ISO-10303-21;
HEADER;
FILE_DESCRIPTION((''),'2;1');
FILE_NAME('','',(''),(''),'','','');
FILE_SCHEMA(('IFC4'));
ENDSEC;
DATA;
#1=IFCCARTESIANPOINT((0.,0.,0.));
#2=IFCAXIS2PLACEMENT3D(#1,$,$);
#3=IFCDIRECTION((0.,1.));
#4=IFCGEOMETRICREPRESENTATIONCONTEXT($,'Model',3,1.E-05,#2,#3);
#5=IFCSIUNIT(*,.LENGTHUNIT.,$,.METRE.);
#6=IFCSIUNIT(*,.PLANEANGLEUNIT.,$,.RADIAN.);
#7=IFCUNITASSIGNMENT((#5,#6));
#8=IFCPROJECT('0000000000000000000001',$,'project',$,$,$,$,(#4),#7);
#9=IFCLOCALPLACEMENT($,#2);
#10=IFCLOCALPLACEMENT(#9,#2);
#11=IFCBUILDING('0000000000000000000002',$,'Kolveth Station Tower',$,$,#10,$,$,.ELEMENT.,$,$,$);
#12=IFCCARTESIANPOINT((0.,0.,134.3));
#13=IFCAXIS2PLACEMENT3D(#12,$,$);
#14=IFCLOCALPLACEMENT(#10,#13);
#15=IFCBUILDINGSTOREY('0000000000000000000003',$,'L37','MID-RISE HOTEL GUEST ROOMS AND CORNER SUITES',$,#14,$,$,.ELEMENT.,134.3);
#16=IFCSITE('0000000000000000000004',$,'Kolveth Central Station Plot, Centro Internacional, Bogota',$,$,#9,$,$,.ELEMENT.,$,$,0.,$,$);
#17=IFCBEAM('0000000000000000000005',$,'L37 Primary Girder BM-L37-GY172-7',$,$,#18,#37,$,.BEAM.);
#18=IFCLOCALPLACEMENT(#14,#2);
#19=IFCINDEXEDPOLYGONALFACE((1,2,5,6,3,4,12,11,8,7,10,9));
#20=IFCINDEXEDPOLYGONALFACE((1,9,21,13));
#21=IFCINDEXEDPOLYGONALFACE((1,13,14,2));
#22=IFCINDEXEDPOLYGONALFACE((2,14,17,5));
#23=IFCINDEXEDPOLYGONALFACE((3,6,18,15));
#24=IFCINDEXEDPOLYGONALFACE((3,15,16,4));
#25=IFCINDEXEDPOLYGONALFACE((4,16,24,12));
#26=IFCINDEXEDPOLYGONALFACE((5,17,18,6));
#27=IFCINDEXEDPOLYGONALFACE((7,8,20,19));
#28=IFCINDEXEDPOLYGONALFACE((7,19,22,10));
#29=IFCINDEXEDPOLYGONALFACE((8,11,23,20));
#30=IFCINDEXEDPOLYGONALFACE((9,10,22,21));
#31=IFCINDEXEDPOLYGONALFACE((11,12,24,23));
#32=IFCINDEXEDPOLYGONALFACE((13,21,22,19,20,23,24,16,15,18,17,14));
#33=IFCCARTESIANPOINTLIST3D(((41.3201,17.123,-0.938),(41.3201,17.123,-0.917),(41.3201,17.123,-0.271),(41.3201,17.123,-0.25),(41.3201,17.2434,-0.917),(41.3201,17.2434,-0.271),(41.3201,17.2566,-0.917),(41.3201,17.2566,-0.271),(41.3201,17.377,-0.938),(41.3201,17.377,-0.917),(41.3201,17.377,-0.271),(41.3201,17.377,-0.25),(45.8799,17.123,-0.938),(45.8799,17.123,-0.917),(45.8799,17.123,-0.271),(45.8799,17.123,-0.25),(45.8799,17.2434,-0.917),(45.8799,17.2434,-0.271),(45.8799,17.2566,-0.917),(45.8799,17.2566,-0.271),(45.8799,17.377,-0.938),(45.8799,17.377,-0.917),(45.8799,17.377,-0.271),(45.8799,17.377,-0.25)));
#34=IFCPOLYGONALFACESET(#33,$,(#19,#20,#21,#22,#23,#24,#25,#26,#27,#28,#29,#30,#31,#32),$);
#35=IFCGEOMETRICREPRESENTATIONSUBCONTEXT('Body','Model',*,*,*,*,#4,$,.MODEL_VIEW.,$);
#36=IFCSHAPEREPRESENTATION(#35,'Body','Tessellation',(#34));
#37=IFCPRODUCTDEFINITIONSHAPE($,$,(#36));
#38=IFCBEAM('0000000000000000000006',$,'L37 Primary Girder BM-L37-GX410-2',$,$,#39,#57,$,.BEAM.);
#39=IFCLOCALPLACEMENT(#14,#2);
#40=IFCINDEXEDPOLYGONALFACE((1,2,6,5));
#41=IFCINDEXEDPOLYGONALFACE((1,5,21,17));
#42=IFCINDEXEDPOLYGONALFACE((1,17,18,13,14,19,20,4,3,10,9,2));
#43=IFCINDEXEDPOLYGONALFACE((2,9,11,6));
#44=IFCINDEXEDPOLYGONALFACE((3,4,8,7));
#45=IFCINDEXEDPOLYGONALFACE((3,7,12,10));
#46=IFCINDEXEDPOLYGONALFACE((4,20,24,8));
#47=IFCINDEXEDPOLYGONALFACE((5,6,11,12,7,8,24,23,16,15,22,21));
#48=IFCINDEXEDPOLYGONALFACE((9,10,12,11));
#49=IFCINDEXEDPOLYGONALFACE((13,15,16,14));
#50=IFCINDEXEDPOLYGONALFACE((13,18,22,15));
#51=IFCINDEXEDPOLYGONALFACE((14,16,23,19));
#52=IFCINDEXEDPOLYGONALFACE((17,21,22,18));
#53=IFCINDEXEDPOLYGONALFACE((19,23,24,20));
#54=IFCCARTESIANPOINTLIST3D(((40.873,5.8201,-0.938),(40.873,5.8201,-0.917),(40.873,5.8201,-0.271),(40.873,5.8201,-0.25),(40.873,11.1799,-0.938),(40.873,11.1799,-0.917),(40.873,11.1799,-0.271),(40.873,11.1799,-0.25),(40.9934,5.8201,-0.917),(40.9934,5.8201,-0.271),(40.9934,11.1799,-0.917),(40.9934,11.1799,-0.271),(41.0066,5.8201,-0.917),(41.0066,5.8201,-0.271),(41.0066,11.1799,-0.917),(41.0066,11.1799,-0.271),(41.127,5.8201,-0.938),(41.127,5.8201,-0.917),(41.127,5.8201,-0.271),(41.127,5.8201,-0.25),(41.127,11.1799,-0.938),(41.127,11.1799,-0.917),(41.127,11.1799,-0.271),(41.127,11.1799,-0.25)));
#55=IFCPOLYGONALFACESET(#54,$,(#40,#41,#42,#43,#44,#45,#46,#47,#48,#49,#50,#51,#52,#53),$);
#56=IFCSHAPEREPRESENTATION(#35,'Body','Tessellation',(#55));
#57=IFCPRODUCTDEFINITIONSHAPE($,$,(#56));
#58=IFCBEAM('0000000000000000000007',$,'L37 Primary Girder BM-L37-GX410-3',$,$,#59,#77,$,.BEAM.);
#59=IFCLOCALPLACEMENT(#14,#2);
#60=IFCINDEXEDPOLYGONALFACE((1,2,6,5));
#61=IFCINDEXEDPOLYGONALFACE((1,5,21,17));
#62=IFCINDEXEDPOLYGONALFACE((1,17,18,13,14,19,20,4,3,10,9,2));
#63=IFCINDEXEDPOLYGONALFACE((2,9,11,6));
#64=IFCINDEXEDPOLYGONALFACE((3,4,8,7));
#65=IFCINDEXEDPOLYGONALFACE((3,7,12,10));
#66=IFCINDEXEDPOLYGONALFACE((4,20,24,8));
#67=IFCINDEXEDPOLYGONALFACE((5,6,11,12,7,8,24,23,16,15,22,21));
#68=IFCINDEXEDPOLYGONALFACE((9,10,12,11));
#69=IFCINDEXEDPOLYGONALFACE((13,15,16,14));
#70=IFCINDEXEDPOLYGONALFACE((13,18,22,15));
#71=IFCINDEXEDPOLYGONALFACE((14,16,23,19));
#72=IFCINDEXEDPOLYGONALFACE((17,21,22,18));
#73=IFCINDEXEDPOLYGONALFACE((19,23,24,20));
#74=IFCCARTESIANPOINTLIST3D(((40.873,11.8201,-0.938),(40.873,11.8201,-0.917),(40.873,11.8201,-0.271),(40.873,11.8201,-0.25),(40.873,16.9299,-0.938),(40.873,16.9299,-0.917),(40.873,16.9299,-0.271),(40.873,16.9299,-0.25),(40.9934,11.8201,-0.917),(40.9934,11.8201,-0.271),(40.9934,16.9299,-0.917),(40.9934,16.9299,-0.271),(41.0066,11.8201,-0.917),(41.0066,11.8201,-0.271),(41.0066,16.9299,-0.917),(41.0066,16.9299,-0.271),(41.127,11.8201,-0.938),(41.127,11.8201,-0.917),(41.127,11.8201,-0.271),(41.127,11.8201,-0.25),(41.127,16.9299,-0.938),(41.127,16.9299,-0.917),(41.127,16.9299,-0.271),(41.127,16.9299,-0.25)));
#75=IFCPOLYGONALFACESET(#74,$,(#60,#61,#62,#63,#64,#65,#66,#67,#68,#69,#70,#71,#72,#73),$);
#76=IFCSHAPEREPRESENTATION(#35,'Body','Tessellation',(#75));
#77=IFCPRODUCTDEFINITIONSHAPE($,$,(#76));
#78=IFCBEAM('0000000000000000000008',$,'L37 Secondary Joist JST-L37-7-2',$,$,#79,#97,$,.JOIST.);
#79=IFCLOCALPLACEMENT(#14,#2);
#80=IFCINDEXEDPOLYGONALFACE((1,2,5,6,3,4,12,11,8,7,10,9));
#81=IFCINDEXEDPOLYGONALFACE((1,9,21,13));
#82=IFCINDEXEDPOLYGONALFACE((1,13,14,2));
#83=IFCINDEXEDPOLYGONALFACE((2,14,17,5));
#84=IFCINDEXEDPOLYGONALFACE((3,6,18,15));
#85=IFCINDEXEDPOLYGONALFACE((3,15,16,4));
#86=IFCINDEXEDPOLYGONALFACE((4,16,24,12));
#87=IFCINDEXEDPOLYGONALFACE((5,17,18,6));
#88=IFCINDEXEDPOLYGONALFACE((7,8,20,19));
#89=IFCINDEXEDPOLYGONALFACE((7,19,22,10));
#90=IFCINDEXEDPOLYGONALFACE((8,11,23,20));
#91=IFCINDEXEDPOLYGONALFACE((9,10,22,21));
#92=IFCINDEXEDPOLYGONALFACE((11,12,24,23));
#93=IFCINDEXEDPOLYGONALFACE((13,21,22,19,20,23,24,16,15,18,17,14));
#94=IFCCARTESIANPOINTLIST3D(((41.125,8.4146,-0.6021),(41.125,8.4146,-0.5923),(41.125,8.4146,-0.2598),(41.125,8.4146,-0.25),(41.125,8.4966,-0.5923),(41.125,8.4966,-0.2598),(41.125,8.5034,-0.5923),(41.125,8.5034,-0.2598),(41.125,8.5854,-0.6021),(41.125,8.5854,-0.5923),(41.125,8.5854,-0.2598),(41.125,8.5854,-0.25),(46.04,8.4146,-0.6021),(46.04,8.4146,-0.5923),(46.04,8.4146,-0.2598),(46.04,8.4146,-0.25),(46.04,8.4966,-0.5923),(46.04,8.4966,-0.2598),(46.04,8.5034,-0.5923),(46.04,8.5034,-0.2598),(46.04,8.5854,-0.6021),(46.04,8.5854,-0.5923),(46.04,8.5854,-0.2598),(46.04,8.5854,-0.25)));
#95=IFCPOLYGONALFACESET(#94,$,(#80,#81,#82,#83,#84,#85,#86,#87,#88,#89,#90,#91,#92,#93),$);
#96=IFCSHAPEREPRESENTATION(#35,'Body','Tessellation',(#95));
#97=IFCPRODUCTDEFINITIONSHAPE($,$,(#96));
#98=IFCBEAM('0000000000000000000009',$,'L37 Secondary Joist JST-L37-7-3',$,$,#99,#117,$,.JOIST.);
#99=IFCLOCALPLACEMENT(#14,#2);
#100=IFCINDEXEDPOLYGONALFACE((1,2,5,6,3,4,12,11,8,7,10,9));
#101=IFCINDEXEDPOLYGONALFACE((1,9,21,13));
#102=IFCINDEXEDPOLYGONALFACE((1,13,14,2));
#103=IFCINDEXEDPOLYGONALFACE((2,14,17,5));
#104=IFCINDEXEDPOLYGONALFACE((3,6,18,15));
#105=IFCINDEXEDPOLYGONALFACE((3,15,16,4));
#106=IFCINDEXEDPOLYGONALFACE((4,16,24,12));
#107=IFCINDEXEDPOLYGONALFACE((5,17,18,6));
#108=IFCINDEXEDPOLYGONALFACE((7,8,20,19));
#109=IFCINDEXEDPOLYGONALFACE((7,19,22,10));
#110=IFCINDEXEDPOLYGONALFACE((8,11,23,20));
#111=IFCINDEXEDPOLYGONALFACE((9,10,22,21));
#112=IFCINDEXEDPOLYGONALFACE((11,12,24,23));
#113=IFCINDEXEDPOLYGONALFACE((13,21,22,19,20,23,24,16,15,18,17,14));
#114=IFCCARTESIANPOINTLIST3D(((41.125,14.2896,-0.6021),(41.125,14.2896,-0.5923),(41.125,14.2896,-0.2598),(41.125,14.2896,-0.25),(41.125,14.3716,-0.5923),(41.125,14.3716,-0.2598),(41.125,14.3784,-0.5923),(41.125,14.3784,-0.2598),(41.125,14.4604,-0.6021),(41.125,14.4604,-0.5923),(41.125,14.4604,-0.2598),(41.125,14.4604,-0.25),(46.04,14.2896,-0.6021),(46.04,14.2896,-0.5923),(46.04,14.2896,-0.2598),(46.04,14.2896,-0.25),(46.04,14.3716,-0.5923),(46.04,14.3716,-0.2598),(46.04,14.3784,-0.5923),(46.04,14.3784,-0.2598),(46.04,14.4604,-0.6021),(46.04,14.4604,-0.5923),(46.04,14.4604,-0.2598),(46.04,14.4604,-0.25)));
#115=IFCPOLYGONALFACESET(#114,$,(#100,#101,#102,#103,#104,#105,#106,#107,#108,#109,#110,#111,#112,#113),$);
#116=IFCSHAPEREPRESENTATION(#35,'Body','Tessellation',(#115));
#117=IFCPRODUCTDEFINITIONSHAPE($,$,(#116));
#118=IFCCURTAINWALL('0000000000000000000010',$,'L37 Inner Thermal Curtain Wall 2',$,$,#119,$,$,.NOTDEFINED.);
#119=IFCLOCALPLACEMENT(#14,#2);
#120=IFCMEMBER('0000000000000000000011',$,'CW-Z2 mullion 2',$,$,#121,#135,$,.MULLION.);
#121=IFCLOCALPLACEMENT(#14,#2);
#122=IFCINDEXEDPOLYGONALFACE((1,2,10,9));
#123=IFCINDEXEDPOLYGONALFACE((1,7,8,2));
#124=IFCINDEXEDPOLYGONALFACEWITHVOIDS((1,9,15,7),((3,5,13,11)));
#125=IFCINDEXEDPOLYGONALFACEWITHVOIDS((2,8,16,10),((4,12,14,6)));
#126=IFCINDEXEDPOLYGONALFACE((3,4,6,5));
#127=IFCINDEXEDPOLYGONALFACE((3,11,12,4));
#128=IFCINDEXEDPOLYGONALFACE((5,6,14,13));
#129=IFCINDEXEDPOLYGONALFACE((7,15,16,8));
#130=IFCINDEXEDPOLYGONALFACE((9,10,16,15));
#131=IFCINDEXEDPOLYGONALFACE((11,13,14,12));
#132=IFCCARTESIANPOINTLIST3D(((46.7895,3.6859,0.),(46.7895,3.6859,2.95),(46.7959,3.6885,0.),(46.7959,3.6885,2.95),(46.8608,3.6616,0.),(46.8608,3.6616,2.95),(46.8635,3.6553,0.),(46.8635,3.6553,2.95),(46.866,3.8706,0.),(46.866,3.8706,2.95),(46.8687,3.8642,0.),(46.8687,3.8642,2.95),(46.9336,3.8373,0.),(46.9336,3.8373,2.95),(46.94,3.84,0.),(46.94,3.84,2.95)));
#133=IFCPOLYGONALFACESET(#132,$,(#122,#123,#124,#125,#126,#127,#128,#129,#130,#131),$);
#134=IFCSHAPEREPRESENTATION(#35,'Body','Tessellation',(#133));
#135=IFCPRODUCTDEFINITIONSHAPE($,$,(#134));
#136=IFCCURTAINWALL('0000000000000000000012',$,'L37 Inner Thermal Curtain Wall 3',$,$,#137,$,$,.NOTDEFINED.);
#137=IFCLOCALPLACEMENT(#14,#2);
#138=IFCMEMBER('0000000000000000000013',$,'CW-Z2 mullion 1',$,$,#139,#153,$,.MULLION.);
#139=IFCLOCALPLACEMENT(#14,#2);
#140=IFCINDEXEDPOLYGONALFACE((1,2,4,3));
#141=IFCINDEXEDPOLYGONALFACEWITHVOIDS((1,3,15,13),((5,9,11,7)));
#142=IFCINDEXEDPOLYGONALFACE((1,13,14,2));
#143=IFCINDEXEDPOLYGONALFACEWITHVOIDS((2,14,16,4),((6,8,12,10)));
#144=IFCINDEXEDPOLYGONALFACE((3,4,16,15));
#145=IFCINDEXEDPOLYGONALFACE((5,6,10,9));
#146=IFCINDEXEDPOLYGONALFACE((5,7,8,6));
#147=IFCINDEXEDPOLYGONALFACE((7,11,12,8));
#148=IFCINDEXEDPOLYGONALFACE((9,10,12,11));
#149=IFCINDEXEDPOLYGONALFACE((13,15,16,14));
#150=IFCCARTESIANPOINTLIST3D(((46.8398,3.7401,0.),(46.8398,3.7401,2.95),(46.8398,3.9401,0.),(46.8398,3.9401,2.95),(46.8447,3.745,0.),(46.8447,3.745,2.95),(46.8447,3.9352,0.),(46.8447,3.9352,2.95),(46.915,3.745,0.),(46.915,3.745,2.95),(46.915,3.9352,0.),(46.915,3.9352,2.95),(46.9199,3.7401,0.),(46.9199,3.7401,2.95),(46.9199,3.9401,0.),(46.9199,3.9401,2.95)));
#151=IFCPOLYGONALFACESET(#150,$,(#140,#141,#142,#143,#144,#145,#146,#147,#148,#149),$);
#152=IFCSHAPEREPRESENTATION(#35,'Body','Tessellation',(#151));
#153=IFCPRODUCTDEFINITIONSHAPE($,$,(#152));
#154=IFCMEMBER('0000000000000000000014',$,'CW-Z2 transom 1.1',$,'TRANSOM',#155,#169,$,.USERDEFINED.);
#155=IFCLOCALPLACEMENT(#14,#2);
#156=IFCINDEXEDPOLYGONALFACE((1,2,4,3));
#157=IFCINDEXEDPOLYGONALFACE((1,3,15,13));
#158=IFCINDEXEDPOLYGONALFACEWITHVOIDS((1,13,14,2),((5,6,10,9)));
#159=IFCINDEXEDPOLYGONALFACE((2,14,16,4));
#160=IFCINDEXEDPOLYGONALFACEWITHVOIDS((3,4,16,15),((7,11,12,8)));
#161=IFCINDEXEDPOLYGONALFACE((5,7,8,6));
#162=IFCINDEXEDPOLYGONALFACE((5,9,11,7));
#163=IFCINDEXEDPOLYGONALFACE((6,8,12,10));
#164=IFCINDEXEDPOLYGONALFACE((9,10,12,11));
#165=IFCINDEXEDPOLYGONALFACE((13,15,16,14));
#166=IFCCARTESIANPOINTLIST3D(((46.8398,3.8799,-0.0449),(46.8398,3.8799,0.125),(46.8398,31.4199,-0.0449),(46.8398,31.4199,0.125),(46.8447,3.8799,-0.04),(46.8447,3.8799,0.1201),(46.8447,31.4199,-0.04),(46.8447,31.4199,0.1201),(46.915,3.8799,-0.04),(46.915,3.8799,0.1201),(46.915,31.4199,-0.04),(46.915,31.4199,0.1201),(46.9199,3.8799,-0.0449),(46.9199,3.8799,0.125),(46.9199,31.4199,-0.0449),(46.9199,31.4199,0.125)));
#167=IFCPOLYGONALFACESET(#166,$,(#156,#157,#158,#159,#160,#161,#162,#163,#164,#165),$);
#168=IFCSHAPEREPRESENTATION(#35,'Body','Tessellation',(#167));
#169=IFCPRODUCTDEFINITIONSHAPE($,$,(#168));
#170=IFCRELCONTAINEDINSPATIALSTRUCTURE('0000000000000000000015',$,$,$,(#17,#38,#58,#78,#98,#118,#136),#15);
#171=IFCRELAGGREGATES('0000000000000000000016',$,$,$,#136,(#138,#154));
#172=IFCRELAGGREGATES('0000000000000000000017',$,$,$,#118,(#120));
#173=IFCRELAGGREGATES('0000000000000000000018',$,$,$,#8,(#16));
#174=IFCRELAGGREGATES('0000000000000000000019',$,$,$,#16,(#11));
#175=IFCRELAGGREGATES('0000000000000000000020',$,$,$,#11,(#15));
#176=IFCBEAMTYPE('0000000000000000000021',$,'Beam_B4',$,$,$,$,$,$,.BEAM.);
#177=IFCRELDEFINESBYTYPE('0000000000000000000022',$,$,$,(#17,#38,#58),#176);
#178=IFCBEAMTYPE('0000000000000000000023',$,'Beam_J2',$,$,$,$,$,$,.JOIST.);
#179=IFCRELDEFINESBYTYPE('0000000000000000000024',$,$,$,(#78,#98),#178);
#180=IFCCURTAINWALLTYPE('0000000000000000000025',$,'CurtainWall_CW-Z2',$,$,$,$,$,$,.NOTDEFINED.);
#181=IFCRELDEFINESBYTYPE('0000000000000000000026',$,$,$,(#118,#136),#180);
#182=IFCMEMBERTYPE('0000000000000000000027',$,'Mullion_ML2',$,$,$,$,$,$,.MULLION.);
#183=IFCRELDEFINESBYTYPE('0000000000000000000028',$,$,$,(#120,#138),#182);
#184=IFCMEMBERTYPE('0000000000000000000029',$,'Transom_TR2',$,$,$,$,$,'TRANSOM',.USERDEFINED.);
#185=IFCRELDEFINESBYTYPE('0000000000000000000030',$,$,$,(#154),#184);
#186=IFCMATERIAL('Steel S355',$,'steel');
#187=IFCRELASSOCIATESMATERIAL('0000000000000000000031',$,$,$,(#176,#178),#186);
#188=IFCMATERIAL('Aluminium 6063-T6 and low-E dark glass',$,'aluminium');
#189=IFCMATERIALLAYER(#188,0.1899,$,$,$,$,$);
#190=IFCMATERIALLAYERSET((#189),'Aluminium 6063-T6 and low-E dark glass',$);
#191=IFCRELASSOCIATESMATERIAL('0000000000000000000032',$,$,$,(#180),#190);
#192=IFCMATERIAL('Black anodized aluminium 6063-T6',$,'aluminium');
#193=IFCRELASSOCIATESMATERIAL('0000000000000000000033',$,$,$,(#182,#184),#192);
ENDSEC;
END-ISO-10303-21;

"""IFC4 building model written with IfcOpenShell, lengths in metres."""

from ifc_helpers import new_model, si_unit, direction, frame, origin, origin_2d, place, context, subcontext, project, spatial, hollow_rectangle, i_section, extrude, source, transform, mapped, material, layer, layer_set, material_profile, profile_set, type_object, element, aggregate, save


model = new_model("IFC4")

# Units and contexts
model_context = context("Model", 3, precision=1e-05, world=origin(), true_north=direction((0.0, 1.0)))
body_context = subcontext(model_context, "Body", "Model", "MODEL_VIEW")
ifc_project = project(units=[si_unit("LENGTHUNIT", "METRE"), si_unit("PLANEANGLEUNIT", "RADIAN")], contexts=[model_context])

# Site, building, storey
site_placement = place(None, origin())
site = spatial("IfcSite", under=ifc_project, at=site_placement, Name="Kolveth Central Station Plot, Centro Internacional, Bogota", CompositionType="ELEMENT", RefElevation=0.0)
building_placement = place(site_placement, origin())
building = spatial("IfcBuilding", under=site, at=building_placement, Name="Kolveth Station Tower", CompositionType="ELEMENT")
storey_placement = place(building_placement, frame((0.0, 0.0, 134.3)))
storey = spatial("IfcBuildingStorey", under=building, at=storey_placement, Name="L37", Description="MID-RISE HOTEL GUEST ROOMS AND CORNER SUITES", CompositionType="ELEMENT", Elevation=134.3)

# Beams
ifc_material_1 = material(Name="Steel S355", Category="steel")
ifc_material_profile_1 = material_profile(ifc_material_1, i_section(OverallWidth=0.2539, OverallDepth=0.688, WebThickness=0.0132, FlangeThickness=0.021, at=origin_2d()), Name="W690x152")
ifc_profile_set_1 = profile_set([ifc_material_profile_1], Name="Steel S355")
beam_type_1 = type_object("IfcBeamType", Name="Beam_B4", PredefinedType="BEAM", material=ifc_profile_set_1)
shared_shape_1 = source(origin(), body_context, "Body", "SweptSolid", [
    extrude(i_section(OverallWidth=0.2539, OverallDepth=0.688, WebThickness=0.0132, FlangeThickness=0.021, at=origin_2d()), origin(), (0.0, 0.0, 1.0), 4.5598),
])
for number, where, z_axis, x_axis, name in (
    (1, (41.3201, 17.25, -0.594), (1.0, 0.0, 0.0), (0.0, 1.0, 0.0), "L37 Primary Girder BM-L37-GY172-7"),
):
    element("IfcBeam", number, at=place(storey_placement, frame(where, z_axis=z_axis, x_axis=x_axis)), inside=storey, type_object=beam_type_1, Name=name, PredefinedType="BEAM", context=body_context, shape_type="MappedRepresentation", body=[
        mapped(shared_shape_1, transform((0.0, 0.0, 0.0), x_axis=(1.0, 0.0, 0.0), y_axis=(0.0, 1.0, 0.0), z_axis=(0.0, 0.0, 1.0), scale=1.0)),
    ])
shared_shape_2 = source(origin(), body_context, "Body", "SweptSolid", [
    extrude(i_section(OverallWidth=0.2539, OverallDepth=0.688, WebThickness=0.0132, FlangeThickness=0.021, at=origin_2d()), origin(), (0.0, 0.0, 1.0), 5.3599),
])
beam_1_placement = place(storey_placement, frame((41.0, 5.8201, -0.594), z_axis=(0.0, 1.0, 0.0), x_axis=(-1.0, 0.0, 0.0)))
element("IfcBeam", 2, at=beam_1_placement, inside=storey, type_object=beam_type_1, Name="L37 Primary Girder BM-L37-GX410-2", PredefinedType="BEAM", context=body_context, shape_type="MappedRepresentation", body=[
    mapped(shared_shape_2, transform((0.0, 0.0, 0.0), x_axis=(1.0, 0.0, 0.0), y_axis=(0.0, 1.0, 0.0), z_axis=(0.0, 0.0, 1.0), scale=1.0)),
])
shared_shape_3 = source(origin(), body_context, "Body", "SweptSolid", [
    extrude(i_section(OverallWidth=0.2539, OverallDepth=0.688, WebThickness=0.0132, FlangeThickness=0.021, at=origin_2d()), origin(), (0.0, 0.0, 1.0), 5.1099),
])
beam_2_placement = place(storey_placement, frame((41.0, 11.8201, -0.594), z_axis=(0.0, 1.0, 0.0), x_axis=(-1.0, 0.0, 0.0)))
element("IfcBeam", 3, at=beam_2_placement, inside=storey, type_object=beam_type_1, Name="L37 Primary Girder BM-L37-GX410-3", PredefinedType="BEAM", context=body_context, shape_type="MappedRepresentation", body=[
    mapped(shared_shape_3, transform((0.0, 0.0, 0.0), x_axis=(1.0, 0.0, 0.0), y_axis=(0.0, 1.0, 0.0), z_axis=(0.0, 0.0, 1.0), scale=1.0)),
])
ifc_material_profile_2 = material_profile(ifc_material_1, i_section(OverallWidth=0.1709, OverallDepth=0.3521, WebThickness=0.0068, FlangeThickness=0.0098, at=origin_2d()), Name="W360x44")
ifc_profile_set_2 = profile_set([ifc_material_profile_2], Name="Steel S355")
beam_type_2 = type_object("IfcBeamType", Name="Beam_J2", PredefinedType="JOIST", material=ifc_profile_set_2)
shared_shape_4 = source(origin(), body_context, "Body", "SweptSolid", [
    extrude(i_section(OverallWidth=0.1709, OverallDepth=0.3521, WebThickness=0.0068, FlangeThickness=0.0098, at=origin_2d()), origin(), (0.0, 0.0, 1.0), 4.915),
])
for number, where, z_axis, x_axis, name in (
    (4, (41.125, 8.5, -0.426), (1.0, 0.0, 0.0), (0.0, 1.0, 0.0), "L37 Secondary Joist JST-L37-7-2"),
    (5, (41.125, 14.375, -0.426), (1.0, 0.0, 0.0), (0.0, 1.0, 0.0), "L37 Secondary Joist JST-L37-7-3"),
):
    element("IfcBeam", number, at=place(storey_placement, frame(where, z_axis=z_axis, x_axis=x_axis)), inside=storey, type_object=beam_type_2, Name=name, PredefinedType="JOIST", context=body_context, shape_type="MappedRepresentation", body=[
        mapped(shared_shape_4, transform((0.0, 0.0, 0.0), x_axis=(1.0, 0.0, 0.0), y_axis=(0.0, 1.0, 0.0), z_axis=(0.0, 0.0, 1.0), scale=1.0)),
    ])

# Curtain wall, member
ifc_material_2 = material(Name="Aluminium 6063-T6 and low-E dark glass", Category="aluminium")
ifc_layer_1 = layer(ifc_material_2, 0.1899)
ifc_layer_set_1 = layer_set([ifc_layer_1], Name="Aluminium 6063-T6 and low-E dark glass")
curtain_wall_type_1 = type_object("IfcCurtainWallType", Name="CurtainWall_CW-Z2", PredefinedType="NOTDEFINED", material=ifc_layer_set_1)
curtain_wall_1_placement = place(storey_placement, origin())
curtain_wall_1 = element("IfcCurtainWall", 6, at=curtain_wall_1_placement, inside=storey, type_object=curtain_wall_type_1, Name="L37 Inner Thermal Curtain Wall 2", PredefinedType="NOTDEFINED")
ifc_material_3 = material(Name="Black anodized aluminium 6063-T6", Category="aluminium")
ifc_material_profile_3 = material_profile(ifc_material_3, hollow_rectangle(XDim=0.0801, YDim=0.2, WallThickness=0.0049, at=origin_2d()), Name="ALU-80x200x5")
ifc_profile_set_3 = profile_set([ifc_material_profile_3], Name="Black anodized aluminium 6063-T6")
member_type_1 = type_object("IfcMemberType", Name="Mullion_ML2", PredefinedType="MULLION", material=ifc_profile_set_3)
shared_shape_5 = source(origin(), body_context, "Body", "SweptSolid", [
    extrude(hollow_rectangle(XDim=0.0801, YDim=0.2, WallThickness=0.0049, at=origin_2d()), origin(), (0.0, 0.0, 1.0), 2.95),
])
member_1_placement = place(storey_placement, frame((46.8647, 3.7629, 0.0), z_axis=(0.0, 0.0, 1.0), x_axis=(-0.923888, 0.382663, 0.0)))
member_1 = element("IfcMember", 7, at=member_1_placement, type_object=member_type_1, Name="CW-Z2 mullion 2", PredefinedType="MULLION", context=body_context, shape_type="MappedRepresentation", body=[
    mapped(shared_shape_5, transform((0.0, 0.0, 0.0), x_axis=(1.0, 0.0, 0.0), y_axis=(0.0, 1.0, 0.0), z_axis=(0.0, 0.0, 1.0), scale=1.0)),
])

# Curtain wall, members
curtain_wall_2_placement = place(storey_placement, origin())
curtain_wall_2 = element("IfcCurtainWall", 8, at=curtain_wall_2_placement, inside=storey, type_object=curtain_wall_type_1, Name="L37 Inner Thermal Curtain Wall 3", PredefinedType="NOTDEFINED")
member_2_placement = place(storey_placement, frame((46.8799, 3.8401, 0.0), z_axis=(0.0, 0.0, 1.0), x_axis=(-1.0, 0.0, 0.0)))
member_2 = element("IfcMember", 9, at=member_2_placement, type_object=member_type_1, Name="CW-Z2 mullion 1", PredefinedType="MULLION", context=body_context, shape_type="MappedRepresentation", body=[
    mapped(shared_shape_5, transform((0.0, 0.0, 0.0), x_axis=(1.0, 0.0, 0.0), y_axis=(0.0, 1.0, 0.0), z_axis=(0.0, 0.0, 1.0), scale=1.0)),
])
ifc_material_profile_4 = material_profile(ifc_material_3, hollow_rectangle(XDim=0.0801, YDim=0.1699, WallThickness=0.0049, at=origin_2d()), Name="ALU-80x170x5")
ifc_profile_set_4 = profile_set([ifc_material_profile_4], Name="Black anodized aluminium 6063-T6")
member_type_2 = type_object("IfcMemberType", Name="Transom_TR2", ElementType="TRANSOM", PredefinedType="USERDEFINED", material=ifc_profile_set_4)
shared_shape_6 = source(origin(), body_context, "Body", "SweptSolid", [
    extrude(hollow_rectangle(XDim=0.0801, YDim=0.1699, WallThickness=0.0049, at=origin_2d()), origin(), (0.0, 0.0, 1.0), 27.54),
])
member_3_placement = place(storey_placement, frame((46.8799, 3.8799, 0.04), z_axis=(0.0, 1.0, 0.0), x_axis=(-1.0, 0.0, 0.0)))
member_3 = element("IfcMember", 10, at=member_3_placement, type_object=member_type_2, Name="CW-Z2 transom 1.1", ObjectType="TRANSOM", PredefinedType="USERDEFINED", context=body_context, shape_type="MappedRepresentation", body=[
    mapped(shared_shape_6, transform((0.0, 0.0, 0.0), x_axis=(1.0, 0.0, 0.0), y_axis=(0.0, 1.0, 0.0), z_axis=(0.0, 0.0, 1.0), scale=1.0)),
])
aggregate(curtain_wall_2, [member_2, member_3])

aggregate(curtain_wall_1, [member_1])

save(model, "model.ifc")
